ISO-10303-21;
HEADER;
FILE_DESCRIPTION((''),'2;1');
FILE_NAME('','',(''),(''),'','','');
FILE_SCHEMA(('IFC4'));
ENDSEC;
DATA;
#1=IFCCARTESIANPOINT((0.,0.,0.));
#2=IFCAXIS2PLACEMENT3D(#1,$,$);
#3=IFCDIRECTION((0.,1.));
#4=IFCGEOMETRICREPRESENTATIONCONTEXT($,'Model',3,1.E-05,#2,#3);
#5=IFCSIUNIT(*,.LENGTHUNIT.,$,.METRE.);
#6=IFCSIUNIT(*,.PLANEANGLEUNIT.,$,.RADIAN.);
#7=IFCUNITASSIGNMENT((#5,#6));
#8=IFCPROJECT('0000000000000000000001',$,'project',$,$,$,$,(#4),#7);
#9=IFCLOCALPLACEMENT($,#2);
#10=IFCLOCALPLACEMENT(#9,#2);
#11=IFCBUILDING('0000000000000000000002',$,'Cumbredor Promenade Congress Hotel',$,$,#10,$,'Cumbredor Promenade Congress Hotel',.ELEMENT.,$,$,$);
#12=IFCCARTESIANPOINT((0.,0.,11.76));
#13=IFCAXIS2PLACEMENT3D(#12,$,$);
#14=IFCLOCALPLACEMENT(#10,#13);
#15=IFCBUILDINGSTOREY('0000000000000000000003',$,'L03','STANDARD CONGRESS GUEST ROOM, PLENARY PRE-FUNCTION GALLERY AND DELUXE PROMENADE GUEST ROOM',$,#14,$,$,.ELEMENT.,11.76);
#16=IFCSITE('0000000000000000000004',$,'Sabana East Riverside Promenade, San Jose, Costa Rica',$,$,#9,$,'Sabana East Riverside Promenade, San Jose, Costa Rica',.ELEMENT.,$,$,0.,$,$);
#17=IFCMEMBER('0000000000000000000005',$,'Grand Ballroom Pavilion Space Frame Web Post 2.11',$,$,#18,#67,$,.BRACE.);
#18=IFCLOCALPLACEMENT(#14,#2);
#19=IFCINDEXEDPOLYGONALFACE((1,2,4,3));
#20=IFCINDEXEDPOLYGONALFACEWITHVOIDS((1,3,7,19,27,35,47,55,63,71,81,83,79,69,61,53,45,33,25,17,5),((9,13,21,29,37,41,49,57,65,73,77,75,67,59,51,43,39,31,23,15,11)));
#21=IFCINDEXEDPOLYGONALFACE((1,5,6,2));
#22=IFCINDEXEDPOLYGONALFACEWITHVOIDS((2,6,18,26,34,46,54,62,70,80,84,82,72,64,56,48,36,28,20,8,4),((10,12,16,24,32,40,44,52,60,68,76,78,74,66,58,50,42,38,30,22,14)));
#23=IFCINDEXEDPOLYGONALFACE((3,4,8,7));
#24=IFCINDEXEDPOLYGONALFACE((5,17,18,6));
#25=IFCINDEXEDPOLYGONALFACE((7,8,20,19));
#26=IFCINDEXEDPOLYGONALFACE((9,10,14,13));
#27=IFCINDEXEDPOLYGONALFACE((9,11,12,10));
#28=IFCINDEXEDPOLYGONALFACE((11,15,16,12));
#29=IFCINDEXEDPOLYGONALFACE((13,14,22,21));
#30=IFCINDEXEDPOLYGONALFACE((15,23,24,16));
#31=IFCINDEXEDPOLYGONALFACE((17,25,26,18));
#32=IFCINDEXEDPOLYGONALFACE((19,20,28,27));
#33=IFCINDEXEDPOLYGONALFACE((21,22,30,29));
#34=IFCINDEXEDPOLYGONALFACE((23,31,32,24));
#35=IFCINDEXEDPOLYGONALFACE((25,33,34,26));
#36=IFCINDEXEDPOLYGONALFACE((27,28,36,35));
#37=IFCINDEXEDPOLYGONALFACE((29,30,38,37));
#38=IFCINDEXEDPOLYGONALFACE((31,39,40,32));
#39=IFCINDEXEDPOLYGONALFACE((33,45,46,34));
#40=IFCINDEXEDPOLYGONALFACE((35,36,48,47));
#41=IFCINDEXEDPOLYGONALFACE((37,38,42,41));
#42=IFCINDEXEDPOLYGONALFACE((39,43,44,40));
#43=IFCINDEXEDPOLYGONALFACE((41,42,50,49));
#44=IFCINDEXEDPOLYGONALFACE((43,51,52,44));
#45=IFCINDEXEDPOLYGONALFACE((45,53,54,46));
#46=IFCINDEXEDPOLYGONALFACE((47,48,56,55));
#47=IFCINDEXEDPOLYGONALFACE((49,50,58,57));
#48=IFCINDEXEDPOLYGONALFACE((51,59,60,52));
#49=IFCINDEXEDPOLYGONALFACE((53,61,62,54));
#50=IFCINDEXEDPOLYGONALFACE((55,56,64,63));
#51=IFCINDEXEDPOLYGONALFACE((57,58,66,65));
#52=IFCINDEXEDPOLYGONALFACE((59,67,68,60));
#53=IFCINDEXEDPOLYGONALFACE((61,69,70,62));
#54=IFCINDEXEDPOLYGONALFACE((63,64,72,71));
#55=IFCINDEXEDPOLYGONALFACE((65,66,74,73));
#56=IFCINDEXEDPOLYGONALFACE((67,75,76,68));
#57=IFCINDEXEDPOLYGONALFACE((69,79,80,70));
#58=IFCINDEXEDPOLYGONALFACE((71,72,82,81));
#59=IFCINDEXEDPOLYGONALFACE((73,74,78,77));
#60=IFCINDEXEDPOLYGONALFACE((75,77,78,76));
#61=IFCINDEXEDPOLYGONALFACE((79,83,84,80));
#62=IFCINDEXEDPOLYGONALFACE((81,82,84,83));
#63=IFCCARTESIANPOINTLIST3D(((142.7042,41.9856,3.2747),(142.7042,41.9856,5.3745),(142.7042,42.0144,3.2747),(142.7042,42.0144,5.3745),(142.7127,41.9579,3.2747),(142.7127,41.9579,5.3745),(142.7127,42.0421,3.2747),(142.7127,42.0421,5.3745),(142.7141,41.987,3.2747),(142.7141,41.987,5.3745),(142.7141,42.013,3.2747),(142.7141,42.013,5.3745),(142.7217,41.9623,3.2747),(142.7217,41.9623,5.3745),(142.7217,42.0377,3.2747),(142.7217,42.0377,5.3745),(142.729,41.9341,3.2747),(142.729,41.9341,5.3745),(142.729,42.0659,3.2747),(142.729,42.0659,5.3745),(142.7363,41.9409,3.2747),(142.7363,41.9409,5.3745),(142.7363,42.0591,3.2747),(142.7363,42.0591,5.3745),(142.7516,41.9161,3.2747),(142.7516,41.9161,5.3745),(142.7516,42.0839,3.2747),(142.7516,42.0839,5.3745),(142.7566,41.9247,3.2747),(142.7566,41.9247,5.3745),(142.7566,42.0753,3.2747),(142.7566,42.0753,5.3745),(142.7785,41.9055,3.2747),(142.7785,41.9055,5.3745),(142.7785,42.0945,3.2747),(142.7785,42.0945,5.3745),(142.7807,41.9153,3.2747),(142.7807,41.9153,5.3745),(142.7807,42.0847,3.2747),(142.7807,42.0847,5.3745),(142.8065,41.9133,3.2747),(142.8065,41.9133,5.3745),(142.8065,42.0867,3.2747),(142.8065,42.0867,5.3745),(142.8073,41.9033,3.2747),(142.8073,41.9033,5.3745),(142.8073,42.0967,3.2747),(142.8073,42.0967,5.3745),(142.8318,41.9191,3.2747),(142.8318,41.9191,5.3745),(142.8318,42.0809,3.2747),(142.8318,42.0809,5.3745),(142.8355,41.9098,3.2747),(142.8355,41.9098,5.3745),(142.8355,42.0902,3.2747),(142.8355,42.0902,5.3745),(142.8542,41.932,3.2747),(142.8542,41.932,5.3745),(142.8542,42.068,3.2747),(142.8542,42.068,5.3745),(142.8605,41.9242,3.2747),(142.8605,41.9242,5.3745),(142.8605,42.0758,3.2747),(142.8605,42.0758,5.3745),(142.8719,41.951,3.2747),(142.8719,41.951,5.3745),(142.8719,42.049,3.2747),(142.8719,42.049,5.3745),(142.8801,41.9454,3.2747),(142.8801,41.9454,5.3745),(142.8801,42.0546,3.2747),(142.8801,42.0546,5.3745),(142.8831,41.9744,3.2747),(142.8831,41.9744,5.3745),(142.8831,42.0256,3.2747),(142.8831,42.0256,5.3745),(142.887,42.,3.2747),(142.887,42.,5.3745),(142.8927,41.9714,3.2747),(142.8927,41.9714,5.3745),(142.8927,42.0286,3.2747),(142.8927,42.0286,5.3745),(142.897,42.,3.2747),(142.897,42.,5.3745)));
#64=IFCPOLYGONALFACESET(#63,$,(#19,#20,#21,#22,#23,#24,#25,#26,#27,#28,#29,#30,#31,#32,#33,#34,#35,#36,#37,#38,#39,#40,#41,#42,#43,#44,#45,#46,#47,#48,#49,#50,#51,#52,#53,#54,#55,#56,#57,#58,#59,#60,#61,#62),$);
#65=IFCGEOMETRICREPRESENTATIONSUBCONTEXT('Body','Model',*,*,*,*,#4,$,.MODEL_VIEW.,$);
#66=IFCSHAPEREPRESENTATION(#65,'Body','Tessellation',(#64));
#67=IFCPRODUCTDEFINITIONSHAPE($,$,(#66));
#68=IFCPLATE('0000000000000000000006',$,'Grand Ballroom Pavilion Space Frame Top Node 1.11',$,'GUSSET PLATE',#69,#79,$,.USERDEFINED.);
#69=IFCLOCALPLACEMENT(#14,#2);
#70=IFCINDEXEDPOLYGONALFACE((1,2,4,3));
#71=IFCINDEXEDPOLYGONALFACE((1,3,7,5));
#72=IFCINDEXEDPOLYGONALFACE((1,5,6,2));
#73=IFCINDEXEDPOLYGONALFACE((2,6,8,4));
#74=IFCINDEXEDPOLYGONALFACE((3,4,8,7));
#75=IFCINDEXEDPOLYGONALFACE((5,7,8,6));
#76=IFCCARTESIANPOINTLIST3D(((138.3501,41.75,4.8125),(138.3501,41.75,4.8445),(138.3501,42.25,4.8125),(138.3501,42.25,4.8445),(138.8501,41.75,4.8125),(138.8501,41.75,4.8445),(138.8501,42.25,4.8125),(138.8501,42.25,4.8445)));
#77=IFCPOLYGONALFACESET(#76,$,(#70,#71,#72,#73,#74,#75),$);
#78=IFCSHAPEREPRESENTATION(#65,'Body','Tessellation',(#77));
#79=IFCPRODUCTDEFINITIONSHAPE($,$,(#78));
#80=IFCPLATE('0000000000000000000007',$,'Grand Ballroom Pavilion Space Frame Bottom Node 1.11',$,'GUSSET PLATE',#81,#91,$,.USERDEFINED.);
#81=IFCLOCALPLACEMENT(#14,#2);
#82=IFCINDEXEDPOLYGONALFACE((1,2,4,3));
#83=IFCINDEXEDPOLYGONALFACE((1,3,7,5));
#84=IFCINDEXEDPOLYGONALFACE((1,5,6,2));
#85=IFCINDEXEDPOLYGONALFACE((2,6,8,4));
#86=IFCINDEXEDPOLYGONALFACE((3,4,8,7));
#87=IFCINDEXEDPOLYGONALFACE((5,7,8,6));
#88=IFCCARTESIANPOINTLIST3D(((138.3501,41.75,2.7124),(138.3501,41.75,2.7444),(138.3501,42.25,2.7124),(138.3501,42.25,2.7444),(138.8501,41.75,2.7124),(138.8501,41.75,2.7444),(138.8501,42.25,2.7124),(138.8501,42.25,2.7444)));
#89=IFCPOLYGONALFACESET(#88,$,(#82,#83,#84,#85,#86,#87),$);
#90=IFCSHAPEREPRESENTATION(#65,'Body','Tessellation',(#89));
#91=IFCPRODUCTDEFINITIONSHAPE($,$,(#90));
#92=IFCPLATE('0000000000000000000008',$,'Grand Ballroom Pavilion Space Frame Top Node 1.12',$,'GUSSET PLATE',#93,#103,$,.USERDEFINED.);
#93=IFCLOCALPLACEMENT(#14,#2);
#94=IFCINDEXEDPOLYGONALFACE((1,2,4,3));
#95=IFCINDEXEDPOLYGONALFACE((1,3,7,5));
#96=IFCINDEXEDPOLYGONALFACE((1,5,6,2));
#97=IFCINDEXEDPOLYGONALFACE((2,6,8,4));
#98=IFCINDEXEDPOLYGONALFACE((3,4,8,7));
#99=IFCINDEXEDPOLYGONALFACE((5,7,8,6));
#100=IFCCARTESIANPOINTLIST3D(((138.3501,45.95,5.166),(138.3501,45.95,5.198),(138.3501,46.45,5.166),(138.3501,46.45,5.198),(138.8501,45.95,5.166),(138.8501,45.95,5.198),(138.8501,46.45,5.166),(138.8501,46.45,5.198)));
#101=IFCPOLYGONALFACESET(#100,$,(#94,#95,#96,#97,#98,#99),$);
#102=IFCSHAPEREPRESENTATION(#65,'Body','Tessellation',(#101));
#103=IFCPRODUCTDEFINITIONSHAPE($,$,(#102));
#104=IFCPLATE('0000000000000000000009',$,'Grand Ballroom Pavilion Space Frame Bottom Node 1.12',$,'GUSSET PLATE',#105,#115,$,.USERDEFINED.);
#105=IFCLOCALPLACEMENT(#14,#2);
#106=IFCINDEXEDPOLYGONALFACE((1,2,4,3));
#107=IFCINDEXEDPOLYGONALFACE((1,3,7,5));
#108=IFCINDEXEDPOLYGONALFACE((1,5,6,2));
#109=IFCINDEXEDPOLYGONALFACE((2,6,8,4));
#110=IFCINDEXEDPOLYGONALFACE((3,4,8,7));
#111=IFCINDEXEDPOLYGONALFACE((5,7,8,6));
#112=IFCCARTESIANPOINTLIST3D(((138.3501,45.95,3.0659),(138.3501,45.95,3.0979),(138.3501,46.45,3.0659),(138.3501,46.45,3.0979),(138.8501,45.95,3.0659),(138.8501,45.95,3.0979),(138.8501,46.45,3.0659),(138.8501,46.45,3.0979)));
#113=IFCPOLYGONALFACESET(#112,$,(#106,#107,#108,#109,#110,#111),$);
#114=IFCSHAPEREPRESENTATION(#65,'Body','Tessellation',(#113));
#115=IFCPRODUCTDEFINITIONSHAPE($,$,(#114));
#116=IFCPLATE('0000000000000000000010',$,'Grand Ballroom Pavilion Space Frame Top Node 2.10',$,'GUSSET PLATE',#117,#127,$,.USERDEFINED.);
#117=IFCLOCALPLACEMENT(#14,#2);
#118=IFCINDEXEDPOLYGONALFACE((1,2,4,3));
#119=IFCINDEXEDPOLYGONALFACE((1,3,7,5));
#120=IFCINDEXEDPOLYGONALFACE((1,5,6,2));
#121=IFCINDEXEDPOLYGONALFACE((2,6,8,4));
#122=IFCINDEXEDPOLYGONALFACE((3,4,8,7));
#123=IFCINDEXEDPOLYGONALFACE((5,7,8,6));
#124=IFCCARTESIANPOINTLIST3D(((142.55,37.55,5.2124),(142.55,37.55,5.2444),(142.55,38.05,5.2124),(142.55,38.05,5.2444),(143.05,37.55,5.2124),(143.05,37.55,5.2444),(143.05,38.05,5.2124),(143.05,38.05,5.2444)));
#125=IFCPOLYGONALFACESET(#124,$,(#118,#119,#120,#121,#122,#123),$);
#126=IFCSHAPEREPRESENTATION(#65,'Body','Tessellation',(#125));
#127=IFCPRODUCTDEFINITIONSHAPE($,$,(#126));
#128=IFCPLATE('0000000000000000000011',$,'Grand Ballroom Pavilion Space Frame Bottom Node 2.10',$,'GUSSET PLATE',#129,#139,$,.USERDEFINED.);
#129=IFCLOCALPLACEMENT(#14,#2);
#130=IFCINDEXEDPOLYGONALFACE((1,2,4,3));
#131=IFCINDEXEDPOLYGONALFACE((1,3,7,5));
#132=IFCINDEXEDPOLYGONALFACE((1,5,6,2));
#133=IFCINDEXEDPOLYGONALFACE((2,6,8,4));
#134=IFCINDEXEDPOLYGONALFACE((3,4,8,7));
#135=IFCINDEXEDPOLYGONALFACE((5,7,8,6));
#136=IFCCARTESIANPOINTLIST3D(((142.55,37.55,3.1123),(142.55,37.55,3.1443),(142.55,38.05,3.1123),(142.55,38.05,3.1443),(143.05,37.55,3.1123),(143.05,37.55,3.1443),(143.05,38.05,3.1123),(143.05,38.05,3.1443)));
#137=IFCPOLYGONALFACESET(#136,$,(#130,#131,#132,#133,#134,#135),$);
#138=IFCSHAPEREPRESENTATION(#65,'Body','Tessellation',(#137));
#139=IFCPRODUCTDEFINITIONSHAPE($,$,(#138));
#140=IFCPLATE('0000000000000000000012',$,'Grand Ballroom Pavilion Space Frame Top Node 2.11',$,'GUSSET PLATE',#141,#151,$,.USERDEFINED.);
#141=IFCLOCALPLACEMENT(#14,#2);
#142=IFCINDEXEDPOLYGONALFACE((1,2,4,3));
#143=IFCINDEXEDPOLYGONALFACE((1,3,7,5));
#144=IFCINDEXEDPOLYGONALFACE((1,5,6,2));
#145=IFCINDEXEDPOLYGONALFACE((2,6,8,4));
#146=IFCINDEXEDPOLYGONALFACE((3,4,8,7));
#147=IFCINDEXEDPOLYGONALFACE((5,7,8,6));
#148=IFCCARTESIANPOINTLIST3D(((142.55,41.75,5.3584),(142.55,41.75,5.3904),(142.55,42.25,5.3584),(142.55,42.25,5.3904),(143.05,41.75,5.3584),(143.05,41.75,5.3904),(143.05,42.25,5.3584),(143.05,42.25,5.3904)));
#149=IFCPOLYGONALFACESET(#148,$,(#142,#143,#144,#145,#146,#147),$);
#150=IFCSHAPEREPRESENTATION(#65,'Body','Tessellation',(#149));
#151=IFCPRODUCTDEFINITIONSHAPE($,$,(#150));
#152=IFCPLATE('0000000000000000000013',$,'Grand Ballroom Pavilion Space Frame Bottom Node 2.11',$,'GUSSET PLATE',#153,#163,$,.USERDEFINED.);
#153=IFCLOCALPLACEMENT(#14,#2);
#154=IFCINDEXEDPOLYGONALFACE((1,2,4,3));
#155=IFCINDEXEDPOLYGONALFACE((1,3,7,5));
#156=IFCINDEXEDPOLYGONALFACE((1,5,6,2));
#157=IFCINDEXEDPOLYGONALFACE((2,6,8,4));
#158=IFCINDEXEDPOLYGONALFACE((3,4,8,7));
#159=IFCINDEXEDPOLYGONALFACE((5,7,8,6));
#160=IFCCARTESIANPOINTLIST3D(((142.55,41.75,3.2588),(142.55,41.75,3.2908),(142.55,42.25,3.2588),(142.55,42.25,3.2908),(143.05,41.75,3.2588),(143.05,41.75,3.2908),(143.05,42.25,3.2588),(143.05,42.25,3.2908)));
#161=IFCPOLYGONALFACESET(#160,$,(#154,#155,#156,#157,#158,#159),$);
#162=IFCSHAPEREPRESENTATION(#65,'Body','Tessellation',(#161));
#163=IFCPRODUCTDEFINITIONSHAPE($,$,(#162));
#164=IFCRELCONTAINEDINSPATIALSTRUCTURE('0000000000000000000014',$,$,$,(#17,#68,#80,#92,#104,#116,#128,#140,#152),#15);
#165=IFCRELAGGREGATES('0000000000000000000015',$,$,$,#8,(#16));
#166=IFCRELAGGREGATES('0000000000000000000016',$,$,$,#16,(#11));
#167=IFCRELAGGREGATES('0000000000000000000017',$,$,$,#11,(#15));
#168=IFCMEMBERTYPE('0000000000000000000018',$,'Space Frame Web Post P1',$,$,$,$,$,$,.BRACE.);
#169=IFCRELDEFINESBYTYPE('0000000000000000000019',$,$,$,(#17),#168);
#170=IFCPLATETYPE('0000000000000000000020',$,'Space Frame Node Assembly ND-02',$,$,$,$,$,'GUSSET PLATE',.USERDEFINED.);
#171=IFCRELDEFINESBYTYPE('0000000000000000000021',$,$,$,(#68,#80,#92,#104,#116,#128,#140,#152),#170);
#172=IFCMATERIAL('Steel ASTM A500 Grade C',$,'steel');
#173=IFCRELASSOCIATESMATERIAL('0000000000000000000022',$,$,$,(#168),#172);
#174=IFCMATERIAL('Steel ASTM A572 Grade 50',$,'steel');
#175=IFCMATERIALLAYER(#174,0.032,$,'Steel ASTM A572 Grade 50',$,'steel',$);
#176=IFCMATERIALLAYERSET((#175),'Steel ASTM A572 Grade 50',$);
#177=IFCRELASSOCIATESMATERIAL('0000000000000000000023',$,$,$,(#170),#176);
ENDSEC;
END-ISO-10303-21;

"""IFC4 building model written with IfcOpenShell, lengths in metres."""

from ifc_helpers import new_model, si_unit, direction, frame, origin, origin_2d, place, context, subcontext, project, spatial, rectangle, hollow_circle, extrude, material, layer, layer_set, material_profile, profile_set, type_object, element, save


model = new_model("IFC4")

# Units and contexts
model_context = context("Model", 3, precision=1e-05, world=origin(), true_north=direction((0.0, 1.0)))
body_context = subcontext(model_context, "Body", "Model", "MODEL_VIEW")
ifc_project = project(units=[si_unit("LENGTHUNIT", "METRE"), si_unit("PLANEANGLEUNIT", "RADIAN")], contexts=[model_context])

# Site, building, storey
site_placement = place(None, origin())
site = spatial("IfcSite", under=ifc_project, at=site_placement, Name="Sabana East Riverside Promenade, San Jose, Costa Rica", LongName="Sabana East Riverside Promenade, San Jose, Costa Rica", CompositionType="ELEMENT", RefElevation=0.0)
building_placement = place(site_placement, origin())
building = spatial("IfcBuilding", under=site, at=building_placement, Name="Cumbredor Promenade Congress Hotel", LongName="Cumbredor Promenade Congress Hotel", CompositionType="ELEMENT")
storey_placement = place(building_placement, frame((0.0, 0.0, 11.76)))
storey = spatial("IfcBuildingStorey", under=building, at=storey_placement, Name="L03", Description="STANDARD CONGRESS GUEST ROOM, PLENARY PRE-FUNCTION GALLERY AND DELUXE PROMENADE GUEST ROOM", CompositionType="ELEMENT", Elevation=11.76)

# Member
ifc_material_1 = material(Name="Steel ASTM A500 Grade C", Category="steel")
ifc_material_profile_1 = material_profile(ifc_material_1, hollow_circle(Radius=0.0969, WallThickness=0.01, at=origin_2d()), Name="CHS 193.7x10")
ifc_profile_set_1 = profile_set([ifc_material_profile_1], Name="Steel ASTM A500 Grade C")
member_type_1 = type_object("IfcMemberType", Name="Space Frame Web Post P1", PredefinedType="BRACE", material=ifc_profile_set_1)
member_1_placement = place(storey_placement, frame((142.8, 42.0, 3.2747), z_axis=(0.0, 0.0, 1.0), x_axis=(1.0, 0.0, 0.0)))
element("IfcMember", 1, at=member_1_placement, inside=storey, type_object=member_type_1, Name="Grand Ballroom Pavilion Space Frame Web Post 2.11", PredefinedType="BRACE", context=body_context, shape_type="SweptSolid", body=[
    extrude(hollow_circle(Radius=0.0969, WallThickness=0.01, at=origin_2d()), origin(), (0.0, 0.0, 1.0), 2.0999),
])

# Plates
ifc_material_2 = material(Name="Steel ASTM A572 Grade 50", Category="steel")
ifc_layer = layer(ifc_material_2, 0.032, Name="Steel ASTM A572 Grade 50", Category="steel")
ifc_layer_set = layer_set([ifc_layer], Name="Steel ASTM A572 Grade 50")
plate_type = type_object("IfcPlateType", Name="Space Frame Node Assembly ND-02", ElementType="GUSSET PLATE", PredefinedType="USERDEFINED", material=ifc_layer_set)
for number, where, z_axis, x_axis, name in (
    (2, (138.6001, 42.0, 4.8125), (0.0, 0.0, 1.0), (1.0, 0.0, 0.0), "Grand Ballroom Pavilion Space Frame Top Node 1.11"),
    (3, (138.6001, 42.0, 2.7124), (0.0, 0.0, 1.0), (1.0, 0.0, 0.0), "Grand Ballroom Pavilion Space Frame Bottom Node 1.11"),
    (4, (138.6001, 46.2, 5.166), (0.0, 0.0, 1.0), (1.0, 0.0, 0.0), "Grand Ballroom Pavilion Space Frame Top Node 1.12"),
    (5, (138.6001, 46.2, 3.0659), (0.0, 0.0, 1.0), (1.0, 0.0, 0.0), "Grand Ballroom Pavilion Space Frame Bottom Node 1.12"),
    (6, (142.8, 37.8, 5.2124), (0.0, 0.0, 1.0), (1.0, 0.0, 0.0), "Grand Ballroom Pavilion Space Frame Top Node 2.10"),
    (7, (142.8, 37.8, 3.1123), (0.0, 0.0, 1.0), (1.0, 0.0, 0.0), "Grand Ballroom Pavilion Space Frame Bottom Node 2.10"),
    (8, (142.8, 42.0, 5.3584), (0.0, 0.0, 1.0), (1.0, 0.0, 0.0), "Grand Ballroom Pavilion Space Frame Top Node 2.11"),
    (9, (142.8, 42.0, 3.2588), (0.0, 0.0, 1.0), (1.0, 0.0, 0.0), "Grand Ballroom Pavilion Space Frame Bottom Node 2.11"),
):
    element("IfcPlate", number, at=place(storey_placement, frame(where, z_axis=z_axis, x_axis=x_axis)), inside=storey, type_object=plate_type, Name=name, ObjectType="GUSSET PLATE", PredefinedType="USERDEFINED", context=body_context, shape_type="SweptSolid", body=[
        extrude(rectangle(XDim=0.5, YDim=0.5, at=origin_2d()), origin(), (0.0, 0.0, 1.0), 0.032),
    ])

save(model, "model.ifc")
